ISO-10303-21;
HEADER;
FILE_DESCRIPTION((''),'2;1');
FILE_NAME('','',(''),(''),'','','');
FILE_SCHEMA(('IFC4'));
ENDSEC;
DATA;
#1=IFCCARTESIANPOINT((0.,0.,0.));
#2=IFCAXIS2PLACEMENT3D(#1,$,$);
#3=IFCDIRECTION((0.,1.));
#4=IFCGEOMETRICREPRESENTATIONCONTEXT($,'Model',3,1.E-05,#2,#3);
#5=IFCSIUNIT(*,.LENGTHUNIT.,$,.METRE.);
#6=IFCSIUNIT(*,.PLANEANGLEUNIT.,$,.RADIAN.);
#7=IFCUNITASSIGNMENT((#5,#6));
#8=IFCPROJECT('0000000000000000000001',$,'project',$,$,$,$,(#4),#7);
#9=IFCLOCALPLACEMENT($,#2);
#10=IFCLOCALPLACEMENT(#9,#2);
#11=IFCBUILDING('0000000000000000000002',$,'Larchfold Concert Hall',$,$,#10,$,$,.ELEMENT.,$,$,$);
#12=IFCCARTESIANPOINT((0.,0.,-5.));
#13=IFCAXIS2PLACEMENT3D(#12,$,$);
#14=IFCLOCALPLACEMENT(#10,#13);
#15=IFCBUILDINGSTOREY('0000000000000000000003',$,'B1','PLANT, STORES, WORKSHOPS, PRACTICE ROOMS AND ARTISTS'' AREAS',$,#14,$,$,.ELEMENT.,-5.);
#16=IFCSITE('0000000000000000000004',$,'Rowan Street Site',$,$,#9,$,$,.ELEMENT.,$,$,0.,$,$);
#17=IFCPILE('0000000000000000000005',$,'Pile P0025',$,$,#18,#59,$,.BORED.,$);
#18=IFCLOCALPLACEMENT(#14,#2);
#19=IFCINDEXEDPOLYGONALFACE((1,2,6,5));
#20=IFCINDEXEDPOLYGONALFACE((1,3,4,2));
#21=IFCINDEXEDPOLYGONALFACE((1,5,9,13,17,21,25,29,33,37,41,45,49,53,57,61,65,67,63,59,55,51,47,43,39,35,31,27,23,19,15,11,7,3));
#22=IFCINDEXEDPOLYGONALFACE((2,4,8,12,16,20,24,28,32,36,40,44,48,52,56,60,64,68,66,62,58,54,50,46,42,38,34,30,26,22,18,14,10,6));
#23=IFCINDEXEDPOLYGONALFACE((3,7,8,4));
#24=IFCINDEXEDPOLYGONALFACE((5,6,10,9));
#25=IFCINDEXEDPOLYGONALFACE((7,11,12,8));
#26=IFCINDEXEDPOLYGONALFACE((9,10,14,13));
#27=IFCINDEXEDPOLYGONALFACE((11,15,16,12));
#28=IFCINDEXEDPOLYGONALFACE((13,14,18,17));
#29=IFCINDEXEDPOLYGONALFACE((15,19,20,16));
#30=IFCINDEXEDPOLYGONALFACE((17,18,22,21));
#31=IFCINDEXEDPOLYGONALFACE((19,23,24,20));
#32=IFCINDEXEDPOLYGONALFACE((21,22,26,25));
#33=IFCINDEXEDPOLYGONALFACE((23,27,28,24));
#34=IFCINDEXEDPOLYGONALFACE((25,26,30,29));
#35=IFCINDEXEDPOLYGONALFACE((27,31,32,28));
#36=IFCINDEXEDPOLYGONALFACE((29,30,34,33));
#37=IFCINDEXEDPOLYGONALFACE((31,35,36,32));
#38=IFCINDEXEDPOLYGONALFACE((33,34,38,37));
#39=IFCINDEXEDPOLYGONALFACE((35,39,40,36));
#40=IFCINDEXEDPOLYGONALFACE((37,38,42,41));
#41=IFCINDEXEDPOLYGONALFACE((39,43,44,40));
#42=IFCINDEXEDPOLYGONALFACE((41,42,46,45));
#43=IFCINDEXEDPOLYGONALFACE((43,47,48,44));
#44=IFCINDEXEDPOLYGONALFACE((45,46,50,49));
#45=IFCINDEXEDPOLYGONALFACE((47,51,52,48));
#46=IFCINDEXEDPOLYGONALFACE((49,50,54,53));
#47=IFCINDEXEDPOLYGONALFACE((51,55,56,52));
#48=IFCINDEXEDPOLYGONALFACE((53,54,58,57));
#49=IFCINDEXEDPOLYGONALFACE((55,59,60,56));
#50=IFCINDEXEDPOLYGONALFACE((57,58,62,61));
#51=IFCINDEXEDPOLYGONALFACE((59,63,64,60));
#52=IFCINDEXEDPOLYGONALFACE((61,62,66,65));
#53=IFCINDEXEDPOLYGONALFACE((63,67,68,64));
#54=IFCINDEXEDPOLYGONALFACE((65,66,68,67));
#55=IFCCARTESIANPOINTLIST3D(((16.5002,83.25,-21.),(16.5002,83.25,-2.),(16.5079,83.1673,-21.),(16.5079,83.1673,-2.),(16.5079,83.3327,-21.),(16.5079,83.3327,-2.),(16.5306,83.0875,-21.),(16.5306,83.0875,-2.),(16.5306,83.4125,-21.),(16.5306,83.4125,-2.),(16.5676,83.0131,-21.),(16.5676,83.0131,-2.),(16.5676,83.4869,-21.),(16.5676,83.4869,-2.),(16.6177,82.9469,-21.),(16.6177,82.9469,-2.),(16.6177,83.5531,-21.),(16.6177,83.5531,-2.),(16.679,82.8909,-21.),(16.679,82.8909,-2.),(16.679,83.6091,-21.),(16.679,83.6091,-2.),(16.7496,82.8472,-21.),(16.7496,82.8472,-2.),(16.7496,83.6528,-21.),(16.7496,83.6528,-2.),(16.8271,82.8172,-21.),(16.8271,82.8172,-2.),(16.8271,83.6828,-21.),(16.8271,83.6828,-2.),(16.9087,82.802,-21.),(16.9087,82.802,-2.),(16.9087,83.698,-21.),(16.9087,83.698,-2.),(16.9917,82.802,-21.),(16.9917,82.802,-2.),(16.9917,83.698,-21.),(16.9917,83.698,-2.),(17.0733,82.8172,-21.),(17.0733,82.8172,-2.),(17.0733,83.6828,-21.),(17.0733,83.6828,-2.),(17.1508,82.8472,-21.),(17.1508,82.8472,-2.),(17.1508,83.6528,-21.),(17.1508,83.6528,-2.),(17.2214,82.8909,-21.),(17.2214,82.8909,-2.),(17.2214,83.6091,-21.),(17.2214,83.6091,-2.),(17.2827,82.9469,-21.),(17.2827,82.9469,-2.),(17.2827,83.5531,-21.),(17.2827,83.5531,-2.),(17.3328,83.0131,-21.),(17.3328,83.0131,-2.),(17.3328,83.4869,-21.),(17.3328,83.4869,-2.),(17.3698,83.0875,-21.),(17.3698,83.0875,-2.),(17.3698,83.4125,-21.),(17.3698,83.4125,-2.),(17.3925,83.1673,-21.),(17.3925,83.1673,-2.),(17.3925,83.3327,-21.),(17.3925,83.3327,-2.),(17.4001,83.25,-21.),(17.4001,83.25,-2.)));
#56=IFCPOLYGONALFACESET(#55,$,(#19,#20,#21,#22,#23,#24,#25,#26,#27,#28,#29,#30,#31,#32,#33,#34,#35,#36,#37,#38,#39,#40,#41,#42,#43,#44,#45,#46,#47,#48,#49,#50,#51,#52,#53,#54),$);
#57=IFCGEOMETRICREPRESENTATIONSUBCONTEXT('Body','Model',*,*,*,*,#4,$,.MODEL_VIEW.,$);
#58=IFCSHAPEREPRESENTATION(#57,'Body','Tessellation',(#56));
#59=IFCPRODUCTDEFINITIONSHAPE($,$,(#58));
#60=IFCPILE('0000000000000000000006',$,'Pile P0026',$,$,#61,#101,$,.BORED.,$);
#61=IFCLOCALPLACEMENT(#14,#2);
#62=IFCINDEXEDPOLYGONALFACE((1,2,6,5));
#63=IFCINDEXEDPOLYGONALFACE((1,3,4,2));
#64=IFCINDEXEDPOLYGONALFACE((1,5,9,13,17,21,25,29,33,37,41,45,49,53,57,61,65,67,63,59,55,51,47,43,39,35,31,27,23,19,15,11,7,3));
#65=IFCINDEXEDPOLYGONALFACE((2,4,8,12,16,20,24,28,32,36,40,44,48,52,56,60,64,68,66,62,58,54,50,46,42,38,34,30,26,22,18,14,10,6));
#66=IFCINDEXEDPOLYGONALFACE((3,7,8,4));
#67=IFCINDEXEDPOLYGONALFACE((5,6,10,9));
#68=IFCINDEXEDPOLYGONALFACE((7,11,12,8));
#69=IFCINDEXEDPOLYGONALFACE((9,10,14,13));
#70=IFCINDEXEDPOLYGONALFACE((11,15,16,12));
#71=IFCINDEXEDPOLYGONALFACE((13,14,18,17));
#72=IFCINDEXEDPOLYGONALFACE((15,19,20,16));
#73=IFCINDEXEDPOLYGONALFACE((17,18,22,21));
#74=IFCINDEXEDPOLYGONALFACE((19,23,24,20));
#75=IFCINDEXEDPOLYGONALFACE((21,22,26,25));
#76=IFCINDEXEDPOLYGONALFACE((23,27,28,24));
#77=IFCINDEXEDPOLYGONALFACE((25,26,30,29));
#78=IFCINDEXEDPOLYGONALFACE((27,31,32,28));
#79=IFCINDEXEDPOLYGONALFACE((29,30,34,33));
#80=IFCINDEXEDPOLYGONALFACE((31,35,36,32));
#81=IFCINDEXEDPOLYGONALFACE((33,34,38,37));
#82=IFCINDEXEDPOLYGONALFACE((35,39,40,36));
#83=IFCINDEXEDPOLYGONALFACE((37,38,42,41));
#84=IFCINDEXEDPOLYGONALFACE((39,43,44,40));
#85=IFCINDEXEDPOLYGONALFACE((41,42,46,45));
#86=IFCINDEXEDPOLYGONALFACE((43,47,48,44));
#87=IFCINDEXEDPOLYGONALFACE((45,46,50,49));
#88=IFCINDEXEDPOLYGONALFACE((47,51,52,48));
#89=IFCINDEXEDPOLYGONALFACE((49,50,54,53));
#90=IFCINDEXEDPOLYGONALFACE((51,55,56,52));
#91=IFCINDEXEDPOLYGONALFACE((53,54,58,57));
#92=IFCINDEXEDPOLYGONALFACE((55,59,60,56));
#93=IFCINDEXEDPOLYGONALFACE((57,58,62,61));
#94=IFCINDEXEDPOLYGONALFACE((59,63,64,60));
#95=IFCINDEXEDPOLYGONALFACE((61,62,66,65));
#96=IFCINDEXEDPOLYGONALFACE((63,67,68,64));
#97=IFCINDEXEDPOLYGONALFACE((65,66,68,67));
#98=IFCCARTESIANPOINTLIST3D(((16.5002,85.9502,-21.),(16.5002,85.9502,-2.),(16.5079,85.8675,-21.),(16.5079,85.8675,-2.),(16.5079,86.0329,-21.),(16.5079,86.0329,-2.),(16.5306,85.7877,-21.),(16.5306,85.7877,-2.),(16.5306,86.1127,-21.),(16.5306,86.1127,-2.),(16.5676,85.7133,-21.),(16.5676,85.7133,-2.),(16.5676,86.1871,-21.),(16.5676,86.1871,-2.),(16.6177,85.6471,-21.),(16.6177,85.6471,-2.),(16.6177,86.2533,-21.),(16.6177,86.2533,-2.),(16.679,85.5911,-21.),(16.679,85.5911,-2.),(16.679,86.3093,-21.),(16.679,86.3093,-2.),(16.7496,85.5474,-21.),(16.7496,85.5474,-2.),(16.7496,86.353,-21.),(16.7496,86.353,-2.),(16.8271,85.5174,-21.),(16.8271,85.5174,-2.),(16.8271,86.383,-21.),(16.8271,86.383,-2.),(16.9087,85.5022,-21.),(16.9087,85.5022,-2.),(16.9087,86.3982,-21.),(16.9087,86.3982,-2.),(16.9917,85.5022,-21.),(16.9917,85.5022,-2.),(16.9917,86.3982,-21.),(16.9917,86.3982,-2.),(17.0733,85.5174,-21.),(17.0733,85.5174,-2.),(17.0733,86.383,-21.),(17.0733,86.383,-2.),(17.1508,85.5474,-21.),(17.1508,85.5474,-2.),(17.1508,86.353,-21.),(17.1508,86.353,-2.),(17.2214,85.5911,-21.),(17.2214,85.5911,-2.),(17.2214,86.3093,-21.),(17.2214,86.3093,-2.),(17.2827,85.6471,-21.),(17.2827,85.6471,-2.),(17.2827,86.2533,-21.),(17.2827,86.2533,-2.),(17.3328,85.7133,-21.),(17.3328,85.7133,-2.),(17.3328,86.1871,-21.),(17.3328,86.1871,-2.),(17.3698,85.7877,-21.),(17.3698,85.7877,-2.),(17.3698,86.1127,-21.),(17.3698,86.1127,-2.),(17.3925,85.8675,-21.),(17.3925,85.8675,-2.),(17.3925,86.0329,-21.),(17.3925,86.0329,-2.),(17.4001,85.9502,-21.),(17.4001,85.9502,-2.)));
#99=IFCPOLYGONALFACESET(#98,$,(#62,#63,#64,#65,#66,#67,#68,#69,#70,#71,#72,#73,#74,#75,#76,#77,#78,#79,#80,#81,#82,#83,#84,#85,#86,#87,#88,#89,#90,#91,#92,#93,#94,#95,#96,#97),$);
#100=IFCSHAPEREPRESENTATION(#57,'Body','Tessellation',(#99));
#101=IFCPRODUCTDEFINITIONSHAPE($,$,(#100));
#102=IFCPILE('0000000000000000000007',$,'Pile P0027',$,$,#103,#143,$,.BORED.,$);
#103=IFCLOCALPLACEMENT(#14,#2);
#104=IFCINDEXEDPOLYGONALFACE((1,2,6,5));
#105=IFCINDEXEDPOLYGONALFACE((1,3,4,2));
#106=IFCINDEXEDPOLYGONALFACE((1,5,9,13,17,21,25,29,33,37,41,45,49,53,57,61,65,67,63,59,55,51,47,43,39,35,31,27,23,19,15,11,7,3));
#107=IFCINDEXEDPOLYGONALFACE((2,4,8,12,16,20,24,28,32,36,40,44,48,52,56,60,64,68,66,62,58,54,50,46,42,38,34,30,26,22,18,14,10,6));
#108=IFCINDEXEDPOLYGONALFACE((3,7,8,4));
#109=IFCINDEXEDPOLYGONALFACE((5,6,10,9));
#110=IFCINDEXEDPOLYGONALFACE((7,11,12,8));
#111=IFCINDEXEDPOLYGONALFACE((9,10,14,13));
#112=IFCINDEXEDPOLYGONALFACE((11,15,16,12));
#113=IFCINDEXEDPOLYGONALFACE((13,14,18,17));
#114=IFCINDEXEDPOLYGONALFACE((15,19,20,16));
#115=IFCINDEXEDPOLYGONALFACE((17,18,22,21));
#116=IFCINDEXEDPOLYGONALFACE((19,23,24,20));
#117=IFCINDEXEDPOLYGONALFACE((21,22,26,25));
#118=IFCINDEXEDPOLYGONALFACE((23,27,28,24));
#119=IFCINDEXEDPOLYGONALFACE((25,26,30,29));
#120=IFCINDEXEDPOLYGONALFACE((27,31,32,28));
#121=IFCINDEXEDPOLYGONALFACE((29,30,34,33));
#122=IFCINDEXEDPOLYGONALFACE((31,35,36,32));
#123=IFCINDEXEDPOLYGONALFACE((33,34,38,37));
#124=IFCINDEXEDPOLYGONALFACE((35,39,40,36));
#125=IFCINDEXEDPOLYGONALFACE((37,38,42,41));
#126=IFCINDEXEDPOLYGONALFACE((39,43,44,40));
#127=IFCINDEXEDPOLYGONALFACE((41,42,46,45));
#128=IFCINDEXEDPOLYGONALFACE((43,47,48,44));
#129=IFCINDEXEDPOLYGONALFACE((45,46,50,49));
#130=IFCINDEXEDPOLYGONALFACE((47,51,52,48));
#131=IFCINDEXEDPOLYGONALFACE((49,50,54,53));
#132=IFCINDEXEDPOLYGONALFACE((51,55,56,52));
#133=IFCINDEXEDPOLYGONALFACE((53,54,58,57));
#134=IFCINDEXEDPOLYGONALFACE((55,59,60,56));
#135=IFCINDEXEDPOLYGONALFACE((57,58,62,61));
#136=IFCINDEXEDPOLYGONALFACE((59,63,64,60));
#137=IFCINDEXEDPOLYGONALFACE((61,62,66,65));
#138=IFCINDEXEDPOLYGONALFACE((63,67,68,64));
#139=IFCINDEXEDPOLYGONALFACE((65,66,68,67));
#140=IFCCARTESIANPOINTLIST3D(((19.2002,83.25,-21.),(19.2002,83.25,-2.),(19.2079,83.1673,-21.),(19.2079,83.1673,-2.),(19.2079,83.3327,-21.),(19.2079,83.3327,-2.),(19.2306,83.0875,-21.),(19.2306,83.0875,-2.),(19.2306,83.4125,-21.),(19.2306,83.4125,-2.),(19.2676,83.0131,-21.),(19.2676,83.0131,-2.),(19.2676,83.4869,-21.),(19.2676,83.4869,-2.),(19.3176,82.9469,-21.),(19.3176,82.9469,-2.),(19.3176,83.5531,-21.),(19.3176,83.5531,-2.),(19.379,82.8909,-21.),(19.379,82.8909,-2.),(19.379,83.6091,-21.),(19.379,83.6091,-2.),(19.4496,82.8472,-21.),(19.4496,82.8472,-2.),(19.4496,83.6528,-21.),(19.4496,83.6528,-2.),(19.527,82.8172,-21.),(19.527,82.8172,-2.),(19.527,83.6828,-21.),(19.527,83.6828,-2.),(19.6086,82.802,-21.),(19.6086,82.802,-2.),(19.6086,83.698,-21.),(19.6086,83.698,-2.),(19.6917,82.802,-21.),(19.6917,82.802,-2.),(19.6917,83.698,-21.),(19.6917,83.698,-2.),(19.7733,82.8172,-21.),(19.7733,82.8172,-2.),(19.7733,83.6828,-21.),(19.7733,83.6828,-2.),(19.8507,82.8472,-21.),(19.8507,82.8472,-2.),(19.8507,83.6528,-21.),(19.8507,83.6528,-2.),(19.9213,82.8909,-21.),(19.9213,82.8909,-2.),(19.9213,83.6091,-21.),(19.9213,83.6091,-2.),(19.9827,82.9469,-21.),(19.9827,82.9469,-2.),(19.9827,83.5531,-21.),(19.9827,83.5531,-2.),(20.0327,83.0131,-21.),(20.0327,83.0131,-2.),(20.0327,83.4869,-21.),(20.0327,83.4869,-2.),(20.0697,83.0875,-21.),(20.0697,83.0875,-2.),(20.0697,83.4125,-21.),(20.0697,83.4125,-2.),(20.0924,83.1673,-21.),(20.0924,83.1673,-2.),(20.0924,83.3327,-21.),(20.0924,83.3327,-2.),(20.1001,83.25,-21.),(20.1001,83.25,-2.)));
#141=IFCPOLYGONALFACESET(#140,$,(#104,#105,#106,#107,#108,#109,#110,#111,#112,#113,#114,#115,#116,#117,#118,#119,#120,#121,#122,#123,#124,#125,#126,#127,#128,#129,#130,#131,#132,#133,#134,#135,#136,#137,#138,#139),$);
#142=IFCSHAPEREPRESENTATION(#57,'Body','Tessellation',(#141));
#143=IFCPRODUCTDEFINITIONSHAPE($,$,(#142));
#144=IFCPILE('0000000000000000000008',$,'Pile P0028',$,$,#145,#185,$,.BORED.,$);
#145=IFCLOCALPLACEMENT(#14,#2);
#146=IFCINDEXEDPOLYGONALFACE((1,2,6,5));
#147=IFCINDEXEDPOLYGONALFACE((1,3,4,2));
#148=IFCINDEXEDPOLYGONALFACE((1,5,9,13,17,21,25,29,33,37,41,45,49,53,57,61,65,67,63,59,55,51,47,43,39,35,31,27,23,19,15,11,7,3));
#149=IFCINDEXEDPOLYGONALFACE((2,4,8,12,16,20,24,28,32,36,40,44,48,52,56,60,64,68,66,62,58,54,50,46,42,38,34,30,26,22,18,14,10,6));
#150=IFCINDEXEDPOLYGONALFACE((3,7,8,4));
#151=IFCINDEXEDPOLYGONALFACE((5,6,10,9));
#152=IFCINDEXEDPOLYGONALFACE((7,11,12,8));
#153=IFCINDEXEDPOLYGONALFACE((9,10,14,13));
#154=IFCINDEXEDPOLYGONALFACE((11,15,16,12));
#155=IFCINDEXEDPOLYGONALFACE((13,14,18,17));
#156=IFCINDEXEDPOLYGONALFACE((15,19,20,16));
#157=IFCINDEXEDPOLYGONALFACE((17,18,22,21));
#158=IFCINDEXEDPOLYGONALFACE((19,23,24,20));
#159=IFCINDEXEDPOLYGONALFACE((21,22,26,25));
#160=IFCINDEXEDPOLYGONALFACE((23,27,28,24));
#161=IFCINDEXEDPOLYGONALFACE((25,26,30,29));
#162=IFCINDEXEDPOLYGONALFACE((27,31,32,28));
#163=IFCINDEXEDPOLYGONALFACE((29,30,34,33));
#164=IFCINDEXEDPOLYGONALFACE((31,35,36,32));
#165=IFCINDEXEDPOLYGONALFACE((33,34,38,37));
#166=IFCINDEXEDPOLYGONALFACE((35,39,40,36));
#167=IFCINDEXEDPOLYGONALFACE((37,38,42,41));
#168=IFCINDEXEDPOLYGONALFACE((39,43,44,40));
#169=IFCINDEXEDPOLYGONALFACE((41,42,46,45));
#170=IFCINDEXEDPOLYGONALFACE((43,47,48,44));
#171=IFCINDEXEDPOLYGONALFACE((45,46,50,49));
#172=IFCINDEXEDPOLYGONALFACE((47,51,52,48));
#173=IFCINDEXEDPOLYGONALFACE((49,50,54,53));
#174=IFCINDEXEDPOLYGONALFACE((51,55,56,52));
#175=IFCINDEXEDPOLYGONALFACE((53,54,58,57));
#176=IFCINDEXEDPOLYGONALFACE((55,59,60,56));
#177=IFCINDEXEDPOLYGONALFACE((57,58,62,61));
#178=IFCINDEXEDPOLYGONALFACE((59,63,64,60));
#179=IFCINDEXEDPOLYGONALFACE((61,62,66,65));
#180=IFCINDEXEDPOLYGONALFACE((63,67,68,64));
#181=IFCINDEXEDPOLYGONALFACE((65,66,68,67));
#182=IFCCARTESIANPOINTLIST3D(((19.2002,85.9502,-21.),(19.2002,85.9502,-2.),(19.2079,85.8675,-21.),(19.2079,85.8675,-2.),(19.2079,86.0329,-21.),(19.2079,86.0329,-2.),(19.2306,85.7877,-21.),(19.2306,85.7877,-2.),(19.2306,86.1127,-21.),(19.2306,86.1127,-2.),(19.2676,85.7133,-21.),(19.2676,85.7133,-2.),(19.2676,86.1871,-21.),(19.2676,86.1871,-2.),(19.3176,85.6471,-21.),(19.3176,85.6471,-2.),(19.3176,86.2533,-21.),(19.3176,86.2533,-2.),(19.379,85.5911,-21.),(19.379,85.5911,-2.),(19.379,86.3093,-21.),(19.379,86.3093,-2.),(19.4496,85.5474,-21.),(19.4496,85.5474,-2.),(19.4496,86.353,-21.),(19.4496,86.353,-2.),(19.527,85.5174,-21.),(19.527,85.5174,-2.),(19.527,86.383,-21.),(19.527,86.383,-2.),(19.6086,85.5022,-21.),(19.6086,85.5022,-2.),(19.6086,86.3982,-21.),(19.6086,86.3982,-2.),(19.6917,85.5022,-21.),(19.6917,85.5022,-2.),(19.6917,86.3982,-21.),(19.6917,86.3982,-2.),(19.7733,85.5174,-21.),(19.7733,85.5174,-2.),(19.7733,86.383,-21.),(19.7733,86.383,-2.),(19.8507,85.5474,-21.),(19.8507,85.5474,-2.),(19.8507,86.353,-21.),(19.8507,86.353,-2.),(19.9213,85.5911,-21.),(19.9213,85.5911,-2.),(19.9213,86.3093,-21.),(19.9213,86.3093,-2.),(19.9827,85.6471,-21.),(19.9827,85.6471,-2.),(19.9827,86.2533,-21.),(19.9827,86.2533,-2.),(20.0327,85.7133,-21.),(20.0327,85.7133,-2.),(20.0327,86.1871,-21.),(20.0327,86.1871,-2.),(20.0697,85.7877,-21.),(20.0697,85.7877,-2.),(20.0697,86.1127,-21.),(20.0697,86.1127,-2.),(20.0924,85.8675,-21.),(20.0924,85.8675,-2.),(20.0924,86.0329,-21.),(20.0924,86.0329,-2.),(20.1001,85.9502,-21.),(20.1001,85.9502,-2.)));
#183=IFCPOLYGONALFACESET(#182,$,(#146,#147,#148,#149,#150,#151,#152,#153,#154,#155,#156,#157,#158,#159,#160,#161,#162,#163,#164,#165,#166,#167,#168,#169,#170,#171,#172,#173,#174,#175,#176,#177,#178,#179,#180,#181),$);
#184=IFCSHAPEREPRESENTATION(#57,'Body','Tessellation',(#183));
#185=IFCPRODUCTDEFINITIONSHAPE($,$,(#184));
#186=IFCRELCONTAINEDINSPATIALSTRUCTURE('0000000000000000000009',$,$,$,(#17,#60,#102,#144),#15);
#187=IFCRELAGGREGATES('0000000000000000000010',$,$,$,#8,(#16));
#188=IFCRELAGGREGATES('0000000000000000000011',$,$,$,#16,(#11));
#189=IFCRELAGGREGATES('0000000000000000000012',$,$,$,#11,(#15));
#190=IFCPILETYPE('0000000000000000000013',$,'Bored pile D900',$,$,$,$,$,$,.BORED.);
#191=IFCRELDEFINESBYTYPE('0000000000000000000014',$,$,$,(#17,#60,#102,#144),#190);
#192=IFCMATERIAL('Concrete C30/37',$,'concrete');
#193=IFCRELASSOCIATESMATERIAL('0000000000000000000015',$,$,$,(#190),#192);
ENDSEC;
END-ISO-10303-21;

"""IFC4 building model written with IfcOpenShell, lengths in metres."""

from ifc_helpers import new_model, si_unit, direction, frame, origin, origin_2d, place, context, subcontext, project, spatial, circle, extrude, material, material_profile, profile_set, type_object, element, save


model = new_model("IFC4")

# Units and contexts
model_context = context("Model", 3, precision=1e-05, world=origin(), true_north=direction((0.0, 1.0)))
body_context = subcontext(model_context, "Body", "Model", "MODEL_VIEW")
ifc_project = project(units=[si_unit("LENGTHUNIT", "METRE"), si_unit("PLANEANGLEUNIT", "RADIAN")], contexts=[model_context])

# Site, building, storey
site_placement = place(None, origin())
site = spatial("IfcSite", under=ifc_project, at=site_placement, Name="Rowan Street Site", CompositionType="ELEMENT", RefElevation=0.0)
building_placement = place(site_placement, origin())
building = spatial("IfcBuilding", under=site, at=building_placement, Name="Larchfold Concert Hall", CompositionType="ELEMENT")
storey_placement = place(building_placement, frame((0.0, 0.0, -5.0)))
storey = spatial("IfcBuildingStorey", under=building, at=storey_placement, Name="B1", Description="PLANT, STORES, WORKSHOPS, PRACTICE ROOMS AND ARTISTS' AREAS", CompositionType="ELEMENT", Elevation=-5.0)

# Piles
ifc_material_1 = material(Name="Concrete C30/37", Category="concrete")
ifc_material_profile_1 = material_profile(ifc_material_1, circle(Radius=0.45, at=origin_2d()))
ifc_profile_set_1 = profile_set([ifc_material_profile_1], Name="Concrete C30/37")
pile_type = type_object("IfcPileType", Name="Bored pile D900", PredefinedType="BORED", material=ifc_profile_set_1)
for number, where, z_axis, x_axis, name in (
    (1, (16.9502, 83.25, -2.0), (0.0, 0.0, -1.0), (1.0, 0.0, 0.0), "Pile P0025"),
    (2, (16.9502, 85.9502, -2.0), (0.0, 0.0, -1.0), (1.0, 0.0, 0.0), "Pile P0026"),
    (3, (19.6501, 83.25, -2.0), (0.0, 0.0, -1.0), (1.0, 0.0, 0.0), "Pile P0027"),
    (4, (19.6501, 85.9502, -2.0), (0.0, 0.0, -1.0), (1.0, 0.0, 0.0), "Pile P0028"),
):
    element("IfcPile", number, at=place(storey_placement, frame(where, z_axis=z_axis, x_axis=x_axis)), inside=storey, type_object=pile_type, Name=name, PredefinedType="BORED", context=body_context, shape_type="SweptSolid", body=[
        extrude(circle(Radius=0.45, at=origin_2d()), origin(), (0.0, 0.0, 1.0), 19.0),
    ])

save(model, "model.ifc")
